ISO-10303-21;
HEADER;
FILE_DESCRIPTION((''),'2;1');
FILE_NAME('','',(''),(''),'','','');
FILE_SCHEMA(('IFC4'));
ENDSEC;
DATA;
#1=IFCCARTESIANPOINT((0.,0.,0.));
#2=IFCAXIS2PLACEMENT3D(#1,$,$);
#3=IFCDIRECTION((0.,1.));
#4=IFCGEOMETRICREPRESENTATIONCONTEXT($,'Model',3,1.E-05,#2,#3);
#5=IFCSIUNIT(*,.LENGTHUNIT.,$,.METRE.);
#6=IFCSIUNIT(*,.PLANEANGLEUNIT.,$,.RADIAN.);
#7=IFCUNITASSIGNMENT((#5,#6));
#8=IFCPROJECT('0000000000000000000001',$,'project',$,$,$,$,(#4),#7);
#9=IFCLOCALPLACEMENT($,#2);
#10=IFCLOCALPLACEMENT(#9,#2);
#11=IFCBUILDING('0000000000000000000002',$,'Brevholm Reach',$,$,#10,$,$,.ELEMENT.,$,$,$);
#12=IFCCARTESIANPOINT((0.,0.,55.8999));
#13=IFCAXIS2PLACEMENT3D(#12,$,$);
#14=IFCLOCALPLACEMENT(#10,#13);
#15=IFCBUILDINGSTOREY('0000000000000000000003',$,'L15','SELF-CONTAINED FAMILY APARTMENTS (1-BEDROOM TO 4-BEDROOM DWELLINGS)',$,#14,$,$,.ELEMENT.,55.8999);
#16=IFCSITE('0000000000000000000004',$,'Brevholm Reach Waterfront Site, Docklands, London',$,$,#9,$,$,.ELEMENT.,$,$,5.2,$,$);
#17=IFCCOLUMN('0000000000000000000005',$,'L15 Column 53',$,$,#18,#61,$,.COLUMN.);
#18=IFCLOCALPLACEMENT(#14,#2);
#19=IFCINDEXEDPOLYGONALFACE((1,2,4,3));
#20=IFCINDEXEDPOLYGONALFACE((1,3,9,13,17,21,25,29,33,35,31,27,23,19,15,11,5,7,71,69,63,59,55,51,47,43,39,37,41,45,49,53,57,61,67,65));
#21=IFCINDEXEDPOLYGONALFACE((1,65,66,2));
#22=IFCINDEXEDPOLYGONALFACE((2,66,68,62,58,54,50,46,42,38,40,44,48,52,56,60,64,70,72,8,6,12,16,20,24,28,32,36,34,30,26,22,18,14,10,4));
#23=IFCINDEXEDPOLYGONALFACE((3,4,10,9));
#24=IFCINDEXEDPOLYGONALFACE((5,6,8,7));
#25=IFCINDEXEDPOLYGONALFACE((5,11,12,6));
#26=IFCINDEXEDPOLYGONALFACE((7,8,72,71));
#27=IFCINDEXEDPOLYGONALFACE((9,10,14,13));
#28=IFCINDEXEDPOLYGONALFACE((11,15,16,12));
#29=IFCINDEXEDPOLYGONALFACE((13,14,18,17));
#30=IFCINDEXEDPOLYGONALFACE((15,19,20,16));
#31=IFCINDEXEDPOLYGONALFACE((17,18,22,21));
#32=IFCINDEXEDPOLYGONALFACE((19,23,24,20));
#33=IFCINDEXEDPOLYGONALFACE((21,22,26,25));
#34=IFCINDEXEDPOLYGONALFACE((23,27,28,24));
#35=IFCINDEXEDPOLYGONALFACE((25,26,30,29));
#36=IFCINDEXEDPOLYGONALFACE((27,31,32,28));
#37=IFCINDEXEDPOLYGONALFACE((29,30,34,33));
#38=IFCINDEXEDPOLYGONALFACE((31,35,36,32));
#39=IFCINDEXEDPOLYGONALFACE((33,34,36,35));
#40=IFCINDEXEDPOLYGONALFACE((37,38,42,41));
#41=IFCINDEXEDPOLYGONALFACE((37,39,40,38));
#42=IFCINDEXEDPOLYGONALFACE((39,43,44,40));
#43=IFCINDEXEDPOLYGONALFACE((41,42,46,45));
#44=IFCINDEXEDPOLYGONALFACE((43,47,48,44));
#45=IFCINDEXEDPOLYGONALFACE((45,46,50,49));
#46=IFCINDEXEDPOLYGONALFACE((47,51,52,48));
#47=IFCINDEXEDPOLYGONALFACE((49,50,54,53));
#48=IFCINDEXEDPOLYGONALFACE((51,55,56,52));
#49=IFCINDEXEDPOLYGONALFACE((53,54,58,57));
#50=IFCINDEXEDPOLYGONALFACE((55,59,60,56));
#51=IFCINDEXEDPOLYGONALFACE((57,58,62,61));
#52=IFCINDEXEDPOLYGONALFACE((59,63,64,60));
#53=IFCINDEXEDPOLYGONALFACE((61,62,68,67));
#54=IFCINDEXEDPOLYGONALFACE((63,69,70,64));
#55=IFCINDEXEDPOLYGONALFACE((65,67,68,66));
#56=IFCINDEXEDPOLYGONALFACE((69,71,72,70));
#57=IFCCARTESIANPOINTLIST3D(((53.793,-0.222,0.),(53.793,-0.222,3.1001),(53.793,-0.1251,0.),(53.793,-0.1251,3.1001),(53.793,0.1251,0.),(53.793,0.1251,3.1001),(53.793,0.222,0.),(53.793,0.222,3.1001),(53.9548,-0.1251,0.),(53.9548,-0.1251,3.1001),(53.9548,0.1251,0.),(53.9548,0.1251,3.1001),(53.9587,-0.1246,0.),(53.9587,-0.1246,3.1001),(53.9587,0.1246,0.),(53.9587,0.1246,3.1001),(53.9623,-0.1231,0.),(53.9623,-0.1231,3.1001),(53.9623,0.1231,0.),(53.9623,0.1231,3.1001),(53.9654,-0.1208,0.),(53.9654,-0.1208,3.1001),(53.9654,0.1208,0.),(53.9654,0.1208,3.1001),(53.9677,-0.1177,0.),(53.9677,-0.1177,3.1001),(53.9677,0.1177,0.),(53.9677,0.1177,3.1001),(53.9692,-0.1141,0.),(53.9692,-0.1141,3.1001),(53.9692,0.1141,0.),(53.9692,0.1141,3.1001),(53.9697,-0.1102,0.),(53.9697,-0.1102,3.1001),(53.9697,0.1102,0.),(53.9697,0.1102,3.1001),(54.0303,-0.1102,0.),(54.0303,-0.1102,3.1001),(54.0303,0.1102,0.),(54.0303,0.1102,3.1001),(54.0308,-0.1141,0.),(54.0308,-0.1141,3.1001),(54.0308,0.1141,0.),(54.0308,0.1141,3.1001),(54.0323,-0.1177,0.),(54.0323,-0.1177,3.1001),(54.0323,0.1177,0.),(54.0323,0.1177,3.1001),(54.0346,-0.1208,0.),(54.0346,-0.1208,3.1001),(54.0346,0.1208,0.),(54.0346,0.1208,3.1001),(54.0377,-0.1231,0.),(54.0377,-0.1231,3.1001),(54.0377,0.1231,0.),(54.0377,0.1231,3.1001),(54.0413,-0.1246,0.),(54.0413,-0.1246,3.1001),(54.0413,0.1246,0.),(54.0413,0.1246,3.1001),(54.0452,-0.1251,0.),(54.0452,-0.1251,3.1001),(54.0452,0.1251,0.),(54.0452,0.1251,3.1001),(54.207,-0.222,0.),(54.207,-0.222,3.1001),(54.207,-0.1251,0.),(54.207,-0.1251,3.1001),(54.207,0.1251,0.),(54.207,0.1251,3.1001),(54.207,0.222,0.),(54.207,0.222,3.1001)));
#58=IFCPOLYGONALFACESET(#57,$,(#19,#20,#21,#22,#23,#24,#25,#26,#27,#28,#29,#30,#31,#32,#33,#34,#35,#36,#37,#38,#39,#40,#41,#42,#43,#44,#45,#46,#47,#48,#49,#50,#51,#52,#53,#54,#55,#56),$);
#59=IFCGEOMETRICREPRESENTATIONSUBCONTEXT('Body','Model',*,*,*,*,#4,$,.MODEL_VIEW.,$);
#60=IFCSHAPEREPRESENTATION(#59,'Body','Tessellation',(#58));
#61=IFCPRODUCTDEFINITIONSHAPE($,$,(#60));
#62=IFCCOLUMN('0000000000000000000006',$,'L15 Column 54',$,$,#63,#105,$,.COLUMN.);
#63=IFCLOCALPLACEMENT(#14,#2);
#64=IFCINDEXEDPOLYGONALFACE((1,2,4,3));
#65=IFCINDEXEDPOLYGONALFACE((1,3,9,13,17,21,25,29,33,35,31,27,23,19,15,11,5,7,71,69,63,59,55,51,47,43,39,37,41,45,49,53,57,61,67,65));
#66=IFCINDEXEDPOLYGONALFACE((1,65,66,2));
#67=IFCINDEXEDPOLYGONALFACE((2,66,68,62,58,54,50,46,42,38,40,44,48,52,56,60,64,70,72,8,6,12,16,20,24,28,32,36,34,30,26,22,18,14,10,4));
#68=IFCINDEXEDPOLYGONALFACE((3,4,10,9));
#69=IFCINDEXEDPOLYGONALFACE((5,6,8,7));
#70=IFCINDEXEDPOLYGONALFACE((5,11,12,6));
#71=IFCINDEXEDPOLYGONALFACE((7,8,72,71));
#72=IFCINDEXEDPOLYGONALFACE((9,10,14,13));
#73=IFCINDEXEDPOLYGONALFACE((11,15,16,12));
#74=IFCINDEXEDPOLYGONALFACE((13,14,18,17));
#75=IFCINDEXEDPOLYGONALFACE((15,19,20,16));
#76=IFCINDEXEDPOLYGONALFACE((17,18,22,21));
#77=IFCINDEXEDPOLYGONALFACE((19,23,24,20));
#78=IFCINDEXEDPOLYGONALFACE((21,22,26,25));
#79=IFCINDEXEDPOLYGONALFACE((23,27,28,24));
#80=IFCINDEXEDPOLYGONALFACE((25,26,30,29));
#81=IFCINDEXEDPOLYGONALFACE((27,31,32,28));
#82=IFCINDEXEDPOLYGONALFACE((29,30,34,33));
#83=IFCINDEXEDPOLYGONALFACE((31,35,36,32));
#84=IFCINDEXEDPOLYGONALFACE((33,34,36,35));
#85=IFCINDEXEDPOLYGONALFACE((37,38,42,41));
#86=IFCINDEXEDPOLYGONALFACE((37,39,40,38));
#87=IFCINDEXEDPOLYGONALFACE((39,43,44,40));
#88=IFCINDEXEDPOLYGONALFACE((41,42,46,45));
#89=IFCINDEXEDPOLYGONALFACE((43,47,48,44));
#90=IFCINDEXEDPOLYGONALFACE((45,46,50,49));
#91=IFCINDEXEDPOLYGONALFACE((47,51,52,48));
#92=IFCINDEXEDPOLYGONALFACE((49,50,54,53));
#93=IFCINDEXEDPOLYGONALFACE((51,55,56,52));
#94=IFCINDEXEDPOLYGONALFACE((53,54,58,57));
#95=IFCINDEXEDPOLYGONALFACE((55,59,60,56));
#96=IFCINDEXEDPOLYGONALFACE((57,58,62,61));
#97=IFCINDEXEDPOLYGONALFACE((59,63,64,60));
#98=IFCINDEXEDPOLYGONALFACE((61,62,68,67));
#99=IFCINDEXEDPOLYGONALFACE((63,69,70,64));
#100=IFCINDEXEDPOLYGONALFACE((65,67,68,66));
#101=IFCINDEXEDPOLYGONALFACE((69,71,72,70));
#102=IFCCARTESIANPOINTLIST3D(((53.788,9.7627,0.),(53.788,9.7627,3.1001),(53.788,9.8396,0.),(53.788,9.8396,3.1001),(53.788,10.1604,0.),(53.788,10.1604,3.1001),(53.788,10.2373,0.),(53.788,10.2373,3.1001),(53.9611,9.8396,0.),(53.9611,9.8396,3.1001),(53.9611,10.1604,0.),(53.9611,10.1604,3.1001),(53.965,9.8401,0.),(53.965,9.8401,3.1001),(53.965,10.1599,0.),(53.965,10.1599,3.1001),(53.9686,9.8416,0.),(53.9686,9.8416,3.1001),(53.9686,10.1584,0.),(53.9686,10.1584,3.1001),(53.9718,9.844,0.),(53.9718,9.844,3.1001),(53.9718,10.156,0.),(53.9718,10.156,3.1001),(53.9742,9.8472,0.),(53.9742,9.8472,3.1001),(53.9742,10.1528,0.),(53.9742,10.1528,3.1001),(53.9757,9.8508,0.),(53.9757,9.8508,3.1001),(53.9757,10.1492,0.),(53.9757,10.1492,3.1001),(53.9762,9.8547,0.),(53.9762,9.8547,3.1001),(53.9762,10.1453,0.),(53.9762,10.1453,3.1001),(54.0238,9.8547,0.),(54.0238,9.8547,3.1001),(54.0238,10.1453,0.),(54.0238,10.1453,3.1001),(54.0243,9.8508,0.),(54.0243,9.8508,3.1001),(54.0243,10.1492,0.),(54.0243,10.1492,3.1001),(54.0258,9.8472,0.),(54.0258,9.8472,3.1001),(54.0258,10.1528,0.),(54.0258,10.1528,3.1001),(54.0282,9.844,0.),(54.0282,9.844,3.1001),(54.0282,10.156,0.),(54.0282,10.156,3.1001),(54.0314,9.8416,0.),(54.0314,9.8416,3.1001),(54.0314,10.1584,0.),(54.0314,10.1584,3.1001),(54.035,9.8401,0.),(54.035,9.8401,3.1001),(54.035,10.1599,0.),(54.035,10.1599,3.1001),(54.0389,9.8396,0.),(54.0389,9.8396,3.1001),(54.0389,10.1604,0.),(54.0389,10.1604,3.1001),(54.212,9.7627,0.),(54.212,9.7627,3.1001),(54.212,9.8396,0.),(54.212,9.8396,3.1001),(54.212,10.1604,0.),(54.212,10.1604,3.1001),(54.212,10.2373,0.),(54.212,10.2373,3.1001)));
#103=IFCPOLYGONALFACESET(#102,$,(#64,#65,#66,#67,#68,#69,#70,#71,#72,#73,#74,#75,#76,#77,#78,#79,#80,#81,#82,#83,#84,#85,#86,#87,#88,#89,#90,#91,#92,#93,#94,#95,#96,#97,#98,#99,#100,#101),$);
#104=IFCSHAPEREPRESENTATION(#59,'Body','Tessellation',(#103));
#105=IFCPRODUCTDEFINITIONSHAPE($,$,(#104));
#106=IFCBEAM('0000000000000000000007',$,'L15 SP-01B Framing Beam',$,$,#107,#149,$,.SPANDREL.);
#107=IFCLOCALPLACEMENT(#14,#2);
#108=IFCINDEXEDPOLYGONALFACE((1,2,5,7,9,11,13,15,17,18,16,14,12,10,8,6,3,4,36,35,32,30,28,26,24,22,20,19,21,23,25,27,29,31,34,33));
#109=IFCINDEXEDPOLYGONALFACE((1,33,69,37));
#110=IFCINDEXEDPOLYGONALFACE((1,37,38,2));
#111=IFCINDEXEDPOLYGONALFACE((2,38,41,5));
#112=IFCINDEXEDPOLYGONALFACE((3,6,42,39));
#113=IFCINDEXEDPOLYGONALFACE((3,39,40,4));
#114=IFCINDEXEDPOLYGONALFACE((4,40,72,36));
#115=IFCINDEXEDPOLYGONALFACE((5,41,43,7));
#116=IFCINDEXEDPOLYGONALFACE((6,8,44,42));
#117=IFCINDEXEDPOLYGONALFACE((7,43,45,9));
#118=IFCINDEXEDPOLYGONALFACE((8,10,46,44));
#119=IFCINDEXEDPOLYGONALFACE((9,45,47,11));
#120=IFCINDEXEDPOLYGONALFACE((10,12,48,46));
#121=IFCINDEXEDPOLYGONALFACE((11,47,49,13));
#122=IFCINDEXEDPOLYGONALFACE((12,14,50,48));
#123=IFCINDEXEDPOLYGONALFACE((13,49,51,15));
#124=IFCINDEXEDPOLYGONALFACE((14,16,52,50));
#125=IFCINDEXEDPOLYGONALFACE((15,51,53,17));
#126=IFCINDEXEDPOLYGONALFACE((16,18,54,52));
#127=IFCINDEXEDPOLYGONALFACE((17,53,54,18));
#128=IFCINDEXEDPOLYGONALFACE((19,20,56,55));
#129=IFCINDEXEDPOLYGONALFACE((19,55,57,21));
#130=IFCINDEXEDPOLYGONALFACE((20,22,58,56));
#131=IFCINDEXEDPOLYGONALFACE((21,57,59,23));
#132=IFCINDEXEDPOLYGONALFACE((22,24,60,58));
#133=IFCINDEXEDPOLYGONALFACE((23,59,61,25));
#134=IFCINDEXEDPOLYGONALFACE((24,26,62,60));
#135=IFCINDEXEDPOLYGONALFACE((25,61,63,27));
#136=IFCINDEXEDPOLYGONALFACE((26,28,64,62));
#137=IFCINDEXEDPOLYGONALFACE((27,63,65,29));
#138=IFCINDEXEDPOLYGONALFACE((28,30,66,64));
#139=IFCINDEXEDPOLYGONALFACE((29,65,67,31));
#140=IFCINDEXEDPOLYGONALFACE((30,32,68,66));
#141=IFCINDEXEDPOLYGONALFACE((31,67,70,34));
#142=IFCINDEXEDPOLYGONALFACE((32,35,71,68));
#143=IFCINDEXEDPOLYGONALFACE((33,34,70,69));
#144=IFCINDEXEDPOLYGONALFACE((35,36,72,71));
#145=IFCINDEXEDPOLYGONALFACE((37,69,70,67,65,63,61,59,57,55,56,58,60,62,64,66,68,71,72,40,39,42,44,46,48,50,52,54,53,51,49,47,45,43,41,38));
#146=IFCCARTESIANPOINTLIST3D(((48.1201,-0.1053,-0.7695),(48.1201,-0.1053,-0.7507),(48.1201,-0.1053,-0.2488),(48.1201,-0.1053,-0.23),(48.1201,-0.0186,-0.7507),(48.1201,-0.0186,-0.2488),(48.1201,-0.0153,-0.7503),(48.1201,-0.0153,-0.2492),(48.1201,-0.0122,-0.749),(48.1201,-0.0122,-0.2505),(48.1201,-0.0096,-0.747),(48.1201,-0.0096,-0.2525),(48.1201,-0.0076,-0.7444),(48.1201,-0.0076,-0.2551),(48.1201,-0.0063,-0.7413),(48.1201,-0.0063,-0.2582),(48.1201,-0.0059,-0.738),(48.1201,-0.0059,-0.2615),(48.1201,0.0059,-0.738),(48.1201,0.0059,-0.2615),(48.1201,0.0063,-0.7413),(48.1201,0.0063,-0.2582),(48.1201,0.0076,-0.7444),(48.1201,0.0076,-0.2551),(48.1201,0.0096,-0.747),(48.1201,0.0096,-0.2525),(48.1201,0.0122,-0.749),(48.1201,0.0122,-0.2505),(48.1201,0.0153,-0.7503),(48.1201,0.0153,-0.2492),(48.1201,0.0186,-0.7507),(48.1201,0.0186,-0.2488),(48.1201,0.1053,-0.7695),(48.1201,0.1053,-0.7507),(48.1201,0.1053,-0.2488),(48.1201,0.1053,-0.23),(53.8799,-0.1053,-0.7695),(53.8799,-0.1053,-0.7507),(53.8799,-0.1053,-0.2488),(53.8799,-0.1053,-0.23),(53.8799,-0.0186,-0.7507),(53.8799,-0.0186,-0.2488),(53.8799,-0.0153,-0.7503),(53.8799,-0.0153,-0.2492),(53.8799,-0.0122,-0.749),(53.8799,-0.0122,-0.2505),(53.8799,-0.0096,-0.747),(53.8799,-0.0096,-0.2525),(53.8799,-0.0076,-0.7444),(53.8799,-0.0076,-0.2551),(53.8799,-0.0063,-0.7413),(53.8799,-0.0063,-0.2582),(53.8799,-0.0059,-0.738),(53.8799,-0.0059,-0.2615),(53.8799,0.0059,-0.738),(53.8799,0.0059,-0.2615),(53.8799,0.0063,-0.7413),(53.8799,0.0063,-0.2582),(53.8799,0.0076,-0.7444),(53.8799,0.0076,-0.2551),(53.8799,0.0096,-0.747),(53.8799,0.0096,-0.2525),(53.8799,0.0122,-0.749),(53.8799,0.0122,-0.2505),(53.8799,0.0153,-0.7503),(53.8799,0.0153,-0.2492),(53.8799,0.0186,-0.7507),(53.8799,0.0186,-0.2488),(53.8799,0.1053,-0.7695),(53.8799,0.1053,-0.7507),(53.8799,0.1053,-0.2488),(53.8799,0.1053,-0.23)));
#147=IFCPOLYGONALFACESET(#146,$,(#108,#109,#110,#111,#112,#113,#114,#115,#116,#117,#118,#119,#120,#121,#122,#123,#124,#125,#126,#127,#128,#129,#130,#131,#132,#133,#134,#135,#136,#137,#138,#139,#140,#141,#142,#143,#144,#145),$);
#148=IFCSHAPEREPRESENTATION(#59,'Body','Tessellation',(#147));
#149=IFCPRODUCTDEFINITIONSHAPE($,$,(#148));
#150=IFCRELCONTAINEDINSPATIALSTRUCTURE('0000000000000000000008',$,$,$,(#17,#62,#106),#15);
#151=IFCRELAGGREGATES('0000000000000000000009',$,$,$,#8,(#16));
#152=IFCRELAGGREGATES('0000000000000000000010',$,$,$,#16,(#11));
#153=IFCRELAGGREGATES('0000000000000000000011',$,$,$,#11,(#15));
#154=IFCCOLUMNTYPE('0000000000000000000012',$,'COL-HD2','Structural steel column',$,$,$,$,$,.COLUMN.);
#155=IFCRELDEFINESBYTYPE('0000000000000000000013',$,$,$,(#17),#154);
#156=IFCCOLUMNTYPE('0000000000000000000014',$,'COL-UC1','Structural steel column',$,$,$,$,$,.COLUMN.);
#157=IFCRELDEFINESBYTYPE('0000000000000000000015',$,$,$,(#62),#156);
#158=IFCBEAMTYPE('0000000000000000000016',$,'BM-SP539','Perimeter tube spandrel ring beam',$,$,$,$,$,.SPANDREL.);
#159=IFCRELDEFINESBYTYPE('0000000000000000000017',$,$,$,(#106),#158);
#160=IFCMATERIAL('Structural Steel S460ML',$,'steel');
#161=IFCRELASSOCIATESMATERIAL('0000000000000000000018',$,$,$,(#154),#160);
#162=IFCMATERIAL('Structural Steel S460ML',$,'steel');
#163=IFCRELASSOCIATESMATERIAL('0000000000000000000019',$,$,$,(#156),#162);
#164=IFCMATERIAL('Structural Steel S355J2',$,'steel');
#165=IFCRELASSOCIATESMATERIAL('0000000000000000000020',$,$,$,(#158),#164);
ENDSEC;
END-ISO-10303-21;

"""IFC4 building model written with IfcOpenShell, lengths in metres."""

from ifc_helpers import new_model, si_unit, direction, frame, origin, origin_2d, place, context, subcontext, project, spatial, i_section, extrude, material, material_profile, profile_set, type_object, element, save


model = new_model("IFC4")

# Units and contexts
model_context = context("Model", 3, precision=1e-05, world=origin(), true_north=direction((0.0, 1.0)))
body_context = subcontext(model_context, "Body", "Model", "MODEL_VIEW")
ifc_project = project(units=[si_unit("LENGTHUNIT", "METRE"), si_unit("PLANEANGLEUNIT", "RADIAN")], contexts=[model_context])

# Site, building, storey
site_placement = place(None, origin())
site = spatial("IfcSite", under=ifc_project, at=site_placement, Name="Brevholm Reach Waterfront Site, Docklands, London", CompositionType="ELEMENT", RefElevation=5.2)
building_placement = place(site_placement, origin())
building = spatial("IfcBuilding", under=site, at=building_placement, Name="Brevholm Reach", CompositionType="ELEMENT")
storey_placement = place(building_placement, frame((0.0, 0.0, 55.8999)))
storey = spatial("IfcBuildingStorey", under=building, at=storey_placement, Name="L15", Description="SELF-CONTAINED FAMILY APARTMENTS (1-BEDROOM TO 4-BEDROOM DWELLINGS)", CompositionType="ELEMENT", Elevation=55.8999)

# Columns
ifc_material_1 = material(Name="Structural Steel S460ML", Category="steel")
ifc_material_profile_1 = material_profile(ifc_material_1, i_section(OverallWidth=0.4141, OverallDepth=0.4441, WebThickness=0.0605, FlangeThickness=0.0969, FilletRadius=0.0149, at=origin_2d()), Name="HD 400x818")
ifc_profile_set_1 = profile_set([ifc_material_profile_1], Name="Structural Steel S460ML")
column_type_1 = type_object("IfcColumnType", Name="COL-HD2", Description="Structural steel column", PredefinedType="COLUMN", material=ifc_profile_set_1)
column_1_placement = place(storey_placement, frame((54.0, 0.0, 0.0), z_axis=(0.0, 0.0, 1.0), x_axis=(1.0, 0.0, 0.0)))
element("IfcColumn", 1, at=column_1_placement, inside=storey, type_object=column_type_1, Name="L15 Column 53", PredefinedType="COLUMN", context=body_context, shape_type="SweptSolid", body=[
    extrude(i_section(OverallWidth=0.4141, OverallDepth=0.4441, WebThickness=0.0605, FlangeThickness=0.0969, FilletRadius=0.0149, at=origin_2d()), origin(), (0.0, 0.0, 1.0), 3.1001),
])
ifc_material_2 = material(Name="Structural Steel S460ML", Category="steel")
ifc_material_profile_2 = material_profile(ifc_material_2, i_section(OverallWidth=0.4241, OverallDepth=0.4746, WebThickness=0.0476, FlangeThickness=0.0769, FilletRadius=0.0151, at=origin_2d()), Name="UKC 356x406x634")
ifc_profile_set_2 = profile_set([ifc_material_profile_2], Name="Structural Steel S460ML")
column_type_2 = type_object("IfcColumnType", Name="COL-UC1", Description="Structural steel column", PredefinedType="COLUMN", material=ifc_profile_set_2)
column_2_placement = place(storey_placement, frame((54.0, 10.0, 0.0), z_axis=(0.0, 0.0, 1.0), x_axis=(1.0, 0.0, 0.0)))
element("IfcColumn", 2, at=column_2_placement, inside=storey, type_object=column_type_2, Name="L15 Column 54", PredefinedType="COLUMN", context=body_context, shape_type="SweptSolid", body=[
    extrude(i_section(OverallWidth=0.4241, OverallDepth=0.4746, WebThickness=0.0476, FlangeThickness=0.0769, FilletRadius=0.0151, at=origin_2d()), origin(), (0.0, 0.0, 1.0), 3.1001),
])

# Beam
ifc_material_3 = material(Name="Structural Steel S355J2", Category="steel")
ifc_material_profile_3 = material_profile(ifc_material_3, i_section(OverallWidth=0.2107, OverallDepth=0.5396, WebThickness=0.0117, FlangeThickness=0.0188, FilletRadius=0.0127, at=origin_2d()), Name="UKB 533x210x109")
ifc_profile_set_3 = profile_set([ifc_material_profile_3], Name="Structural Steel S355J2")
beam_type_1 = type_object("IfcBeamType", Name="BM-SP539", Description="Perimeter tube spandrel ring beam", PredefinedType="SPANDREL", material=ifc_profile_set_3)
beam_1_placement = place(storey_placement, frame((48.1201, 0.0, -0.4998), z_axis=(1.0, 0.0, 0.0), x_axis=(0.0, 1.0, 0.0)))
element("IfcBeam", 3, at=beam_1_placement, inside=storey, type_object=beam_type_1, Name="L15 SP-01B Framing Beam", PredefinedType="SPANDREL", context=body_context, shape_type="SweptSolid", body=[
    extrude(i_section(OverallWidth=0.2107, OverallDepth=0.5396, WebThickness=0.0117, FlangeThickness=0.0188, FilletRadius=0.0127, at=origin_2d()), origin(), (0.0, 0.0, 1.0), 5.7598),
])

save(model, "model.ifc")
